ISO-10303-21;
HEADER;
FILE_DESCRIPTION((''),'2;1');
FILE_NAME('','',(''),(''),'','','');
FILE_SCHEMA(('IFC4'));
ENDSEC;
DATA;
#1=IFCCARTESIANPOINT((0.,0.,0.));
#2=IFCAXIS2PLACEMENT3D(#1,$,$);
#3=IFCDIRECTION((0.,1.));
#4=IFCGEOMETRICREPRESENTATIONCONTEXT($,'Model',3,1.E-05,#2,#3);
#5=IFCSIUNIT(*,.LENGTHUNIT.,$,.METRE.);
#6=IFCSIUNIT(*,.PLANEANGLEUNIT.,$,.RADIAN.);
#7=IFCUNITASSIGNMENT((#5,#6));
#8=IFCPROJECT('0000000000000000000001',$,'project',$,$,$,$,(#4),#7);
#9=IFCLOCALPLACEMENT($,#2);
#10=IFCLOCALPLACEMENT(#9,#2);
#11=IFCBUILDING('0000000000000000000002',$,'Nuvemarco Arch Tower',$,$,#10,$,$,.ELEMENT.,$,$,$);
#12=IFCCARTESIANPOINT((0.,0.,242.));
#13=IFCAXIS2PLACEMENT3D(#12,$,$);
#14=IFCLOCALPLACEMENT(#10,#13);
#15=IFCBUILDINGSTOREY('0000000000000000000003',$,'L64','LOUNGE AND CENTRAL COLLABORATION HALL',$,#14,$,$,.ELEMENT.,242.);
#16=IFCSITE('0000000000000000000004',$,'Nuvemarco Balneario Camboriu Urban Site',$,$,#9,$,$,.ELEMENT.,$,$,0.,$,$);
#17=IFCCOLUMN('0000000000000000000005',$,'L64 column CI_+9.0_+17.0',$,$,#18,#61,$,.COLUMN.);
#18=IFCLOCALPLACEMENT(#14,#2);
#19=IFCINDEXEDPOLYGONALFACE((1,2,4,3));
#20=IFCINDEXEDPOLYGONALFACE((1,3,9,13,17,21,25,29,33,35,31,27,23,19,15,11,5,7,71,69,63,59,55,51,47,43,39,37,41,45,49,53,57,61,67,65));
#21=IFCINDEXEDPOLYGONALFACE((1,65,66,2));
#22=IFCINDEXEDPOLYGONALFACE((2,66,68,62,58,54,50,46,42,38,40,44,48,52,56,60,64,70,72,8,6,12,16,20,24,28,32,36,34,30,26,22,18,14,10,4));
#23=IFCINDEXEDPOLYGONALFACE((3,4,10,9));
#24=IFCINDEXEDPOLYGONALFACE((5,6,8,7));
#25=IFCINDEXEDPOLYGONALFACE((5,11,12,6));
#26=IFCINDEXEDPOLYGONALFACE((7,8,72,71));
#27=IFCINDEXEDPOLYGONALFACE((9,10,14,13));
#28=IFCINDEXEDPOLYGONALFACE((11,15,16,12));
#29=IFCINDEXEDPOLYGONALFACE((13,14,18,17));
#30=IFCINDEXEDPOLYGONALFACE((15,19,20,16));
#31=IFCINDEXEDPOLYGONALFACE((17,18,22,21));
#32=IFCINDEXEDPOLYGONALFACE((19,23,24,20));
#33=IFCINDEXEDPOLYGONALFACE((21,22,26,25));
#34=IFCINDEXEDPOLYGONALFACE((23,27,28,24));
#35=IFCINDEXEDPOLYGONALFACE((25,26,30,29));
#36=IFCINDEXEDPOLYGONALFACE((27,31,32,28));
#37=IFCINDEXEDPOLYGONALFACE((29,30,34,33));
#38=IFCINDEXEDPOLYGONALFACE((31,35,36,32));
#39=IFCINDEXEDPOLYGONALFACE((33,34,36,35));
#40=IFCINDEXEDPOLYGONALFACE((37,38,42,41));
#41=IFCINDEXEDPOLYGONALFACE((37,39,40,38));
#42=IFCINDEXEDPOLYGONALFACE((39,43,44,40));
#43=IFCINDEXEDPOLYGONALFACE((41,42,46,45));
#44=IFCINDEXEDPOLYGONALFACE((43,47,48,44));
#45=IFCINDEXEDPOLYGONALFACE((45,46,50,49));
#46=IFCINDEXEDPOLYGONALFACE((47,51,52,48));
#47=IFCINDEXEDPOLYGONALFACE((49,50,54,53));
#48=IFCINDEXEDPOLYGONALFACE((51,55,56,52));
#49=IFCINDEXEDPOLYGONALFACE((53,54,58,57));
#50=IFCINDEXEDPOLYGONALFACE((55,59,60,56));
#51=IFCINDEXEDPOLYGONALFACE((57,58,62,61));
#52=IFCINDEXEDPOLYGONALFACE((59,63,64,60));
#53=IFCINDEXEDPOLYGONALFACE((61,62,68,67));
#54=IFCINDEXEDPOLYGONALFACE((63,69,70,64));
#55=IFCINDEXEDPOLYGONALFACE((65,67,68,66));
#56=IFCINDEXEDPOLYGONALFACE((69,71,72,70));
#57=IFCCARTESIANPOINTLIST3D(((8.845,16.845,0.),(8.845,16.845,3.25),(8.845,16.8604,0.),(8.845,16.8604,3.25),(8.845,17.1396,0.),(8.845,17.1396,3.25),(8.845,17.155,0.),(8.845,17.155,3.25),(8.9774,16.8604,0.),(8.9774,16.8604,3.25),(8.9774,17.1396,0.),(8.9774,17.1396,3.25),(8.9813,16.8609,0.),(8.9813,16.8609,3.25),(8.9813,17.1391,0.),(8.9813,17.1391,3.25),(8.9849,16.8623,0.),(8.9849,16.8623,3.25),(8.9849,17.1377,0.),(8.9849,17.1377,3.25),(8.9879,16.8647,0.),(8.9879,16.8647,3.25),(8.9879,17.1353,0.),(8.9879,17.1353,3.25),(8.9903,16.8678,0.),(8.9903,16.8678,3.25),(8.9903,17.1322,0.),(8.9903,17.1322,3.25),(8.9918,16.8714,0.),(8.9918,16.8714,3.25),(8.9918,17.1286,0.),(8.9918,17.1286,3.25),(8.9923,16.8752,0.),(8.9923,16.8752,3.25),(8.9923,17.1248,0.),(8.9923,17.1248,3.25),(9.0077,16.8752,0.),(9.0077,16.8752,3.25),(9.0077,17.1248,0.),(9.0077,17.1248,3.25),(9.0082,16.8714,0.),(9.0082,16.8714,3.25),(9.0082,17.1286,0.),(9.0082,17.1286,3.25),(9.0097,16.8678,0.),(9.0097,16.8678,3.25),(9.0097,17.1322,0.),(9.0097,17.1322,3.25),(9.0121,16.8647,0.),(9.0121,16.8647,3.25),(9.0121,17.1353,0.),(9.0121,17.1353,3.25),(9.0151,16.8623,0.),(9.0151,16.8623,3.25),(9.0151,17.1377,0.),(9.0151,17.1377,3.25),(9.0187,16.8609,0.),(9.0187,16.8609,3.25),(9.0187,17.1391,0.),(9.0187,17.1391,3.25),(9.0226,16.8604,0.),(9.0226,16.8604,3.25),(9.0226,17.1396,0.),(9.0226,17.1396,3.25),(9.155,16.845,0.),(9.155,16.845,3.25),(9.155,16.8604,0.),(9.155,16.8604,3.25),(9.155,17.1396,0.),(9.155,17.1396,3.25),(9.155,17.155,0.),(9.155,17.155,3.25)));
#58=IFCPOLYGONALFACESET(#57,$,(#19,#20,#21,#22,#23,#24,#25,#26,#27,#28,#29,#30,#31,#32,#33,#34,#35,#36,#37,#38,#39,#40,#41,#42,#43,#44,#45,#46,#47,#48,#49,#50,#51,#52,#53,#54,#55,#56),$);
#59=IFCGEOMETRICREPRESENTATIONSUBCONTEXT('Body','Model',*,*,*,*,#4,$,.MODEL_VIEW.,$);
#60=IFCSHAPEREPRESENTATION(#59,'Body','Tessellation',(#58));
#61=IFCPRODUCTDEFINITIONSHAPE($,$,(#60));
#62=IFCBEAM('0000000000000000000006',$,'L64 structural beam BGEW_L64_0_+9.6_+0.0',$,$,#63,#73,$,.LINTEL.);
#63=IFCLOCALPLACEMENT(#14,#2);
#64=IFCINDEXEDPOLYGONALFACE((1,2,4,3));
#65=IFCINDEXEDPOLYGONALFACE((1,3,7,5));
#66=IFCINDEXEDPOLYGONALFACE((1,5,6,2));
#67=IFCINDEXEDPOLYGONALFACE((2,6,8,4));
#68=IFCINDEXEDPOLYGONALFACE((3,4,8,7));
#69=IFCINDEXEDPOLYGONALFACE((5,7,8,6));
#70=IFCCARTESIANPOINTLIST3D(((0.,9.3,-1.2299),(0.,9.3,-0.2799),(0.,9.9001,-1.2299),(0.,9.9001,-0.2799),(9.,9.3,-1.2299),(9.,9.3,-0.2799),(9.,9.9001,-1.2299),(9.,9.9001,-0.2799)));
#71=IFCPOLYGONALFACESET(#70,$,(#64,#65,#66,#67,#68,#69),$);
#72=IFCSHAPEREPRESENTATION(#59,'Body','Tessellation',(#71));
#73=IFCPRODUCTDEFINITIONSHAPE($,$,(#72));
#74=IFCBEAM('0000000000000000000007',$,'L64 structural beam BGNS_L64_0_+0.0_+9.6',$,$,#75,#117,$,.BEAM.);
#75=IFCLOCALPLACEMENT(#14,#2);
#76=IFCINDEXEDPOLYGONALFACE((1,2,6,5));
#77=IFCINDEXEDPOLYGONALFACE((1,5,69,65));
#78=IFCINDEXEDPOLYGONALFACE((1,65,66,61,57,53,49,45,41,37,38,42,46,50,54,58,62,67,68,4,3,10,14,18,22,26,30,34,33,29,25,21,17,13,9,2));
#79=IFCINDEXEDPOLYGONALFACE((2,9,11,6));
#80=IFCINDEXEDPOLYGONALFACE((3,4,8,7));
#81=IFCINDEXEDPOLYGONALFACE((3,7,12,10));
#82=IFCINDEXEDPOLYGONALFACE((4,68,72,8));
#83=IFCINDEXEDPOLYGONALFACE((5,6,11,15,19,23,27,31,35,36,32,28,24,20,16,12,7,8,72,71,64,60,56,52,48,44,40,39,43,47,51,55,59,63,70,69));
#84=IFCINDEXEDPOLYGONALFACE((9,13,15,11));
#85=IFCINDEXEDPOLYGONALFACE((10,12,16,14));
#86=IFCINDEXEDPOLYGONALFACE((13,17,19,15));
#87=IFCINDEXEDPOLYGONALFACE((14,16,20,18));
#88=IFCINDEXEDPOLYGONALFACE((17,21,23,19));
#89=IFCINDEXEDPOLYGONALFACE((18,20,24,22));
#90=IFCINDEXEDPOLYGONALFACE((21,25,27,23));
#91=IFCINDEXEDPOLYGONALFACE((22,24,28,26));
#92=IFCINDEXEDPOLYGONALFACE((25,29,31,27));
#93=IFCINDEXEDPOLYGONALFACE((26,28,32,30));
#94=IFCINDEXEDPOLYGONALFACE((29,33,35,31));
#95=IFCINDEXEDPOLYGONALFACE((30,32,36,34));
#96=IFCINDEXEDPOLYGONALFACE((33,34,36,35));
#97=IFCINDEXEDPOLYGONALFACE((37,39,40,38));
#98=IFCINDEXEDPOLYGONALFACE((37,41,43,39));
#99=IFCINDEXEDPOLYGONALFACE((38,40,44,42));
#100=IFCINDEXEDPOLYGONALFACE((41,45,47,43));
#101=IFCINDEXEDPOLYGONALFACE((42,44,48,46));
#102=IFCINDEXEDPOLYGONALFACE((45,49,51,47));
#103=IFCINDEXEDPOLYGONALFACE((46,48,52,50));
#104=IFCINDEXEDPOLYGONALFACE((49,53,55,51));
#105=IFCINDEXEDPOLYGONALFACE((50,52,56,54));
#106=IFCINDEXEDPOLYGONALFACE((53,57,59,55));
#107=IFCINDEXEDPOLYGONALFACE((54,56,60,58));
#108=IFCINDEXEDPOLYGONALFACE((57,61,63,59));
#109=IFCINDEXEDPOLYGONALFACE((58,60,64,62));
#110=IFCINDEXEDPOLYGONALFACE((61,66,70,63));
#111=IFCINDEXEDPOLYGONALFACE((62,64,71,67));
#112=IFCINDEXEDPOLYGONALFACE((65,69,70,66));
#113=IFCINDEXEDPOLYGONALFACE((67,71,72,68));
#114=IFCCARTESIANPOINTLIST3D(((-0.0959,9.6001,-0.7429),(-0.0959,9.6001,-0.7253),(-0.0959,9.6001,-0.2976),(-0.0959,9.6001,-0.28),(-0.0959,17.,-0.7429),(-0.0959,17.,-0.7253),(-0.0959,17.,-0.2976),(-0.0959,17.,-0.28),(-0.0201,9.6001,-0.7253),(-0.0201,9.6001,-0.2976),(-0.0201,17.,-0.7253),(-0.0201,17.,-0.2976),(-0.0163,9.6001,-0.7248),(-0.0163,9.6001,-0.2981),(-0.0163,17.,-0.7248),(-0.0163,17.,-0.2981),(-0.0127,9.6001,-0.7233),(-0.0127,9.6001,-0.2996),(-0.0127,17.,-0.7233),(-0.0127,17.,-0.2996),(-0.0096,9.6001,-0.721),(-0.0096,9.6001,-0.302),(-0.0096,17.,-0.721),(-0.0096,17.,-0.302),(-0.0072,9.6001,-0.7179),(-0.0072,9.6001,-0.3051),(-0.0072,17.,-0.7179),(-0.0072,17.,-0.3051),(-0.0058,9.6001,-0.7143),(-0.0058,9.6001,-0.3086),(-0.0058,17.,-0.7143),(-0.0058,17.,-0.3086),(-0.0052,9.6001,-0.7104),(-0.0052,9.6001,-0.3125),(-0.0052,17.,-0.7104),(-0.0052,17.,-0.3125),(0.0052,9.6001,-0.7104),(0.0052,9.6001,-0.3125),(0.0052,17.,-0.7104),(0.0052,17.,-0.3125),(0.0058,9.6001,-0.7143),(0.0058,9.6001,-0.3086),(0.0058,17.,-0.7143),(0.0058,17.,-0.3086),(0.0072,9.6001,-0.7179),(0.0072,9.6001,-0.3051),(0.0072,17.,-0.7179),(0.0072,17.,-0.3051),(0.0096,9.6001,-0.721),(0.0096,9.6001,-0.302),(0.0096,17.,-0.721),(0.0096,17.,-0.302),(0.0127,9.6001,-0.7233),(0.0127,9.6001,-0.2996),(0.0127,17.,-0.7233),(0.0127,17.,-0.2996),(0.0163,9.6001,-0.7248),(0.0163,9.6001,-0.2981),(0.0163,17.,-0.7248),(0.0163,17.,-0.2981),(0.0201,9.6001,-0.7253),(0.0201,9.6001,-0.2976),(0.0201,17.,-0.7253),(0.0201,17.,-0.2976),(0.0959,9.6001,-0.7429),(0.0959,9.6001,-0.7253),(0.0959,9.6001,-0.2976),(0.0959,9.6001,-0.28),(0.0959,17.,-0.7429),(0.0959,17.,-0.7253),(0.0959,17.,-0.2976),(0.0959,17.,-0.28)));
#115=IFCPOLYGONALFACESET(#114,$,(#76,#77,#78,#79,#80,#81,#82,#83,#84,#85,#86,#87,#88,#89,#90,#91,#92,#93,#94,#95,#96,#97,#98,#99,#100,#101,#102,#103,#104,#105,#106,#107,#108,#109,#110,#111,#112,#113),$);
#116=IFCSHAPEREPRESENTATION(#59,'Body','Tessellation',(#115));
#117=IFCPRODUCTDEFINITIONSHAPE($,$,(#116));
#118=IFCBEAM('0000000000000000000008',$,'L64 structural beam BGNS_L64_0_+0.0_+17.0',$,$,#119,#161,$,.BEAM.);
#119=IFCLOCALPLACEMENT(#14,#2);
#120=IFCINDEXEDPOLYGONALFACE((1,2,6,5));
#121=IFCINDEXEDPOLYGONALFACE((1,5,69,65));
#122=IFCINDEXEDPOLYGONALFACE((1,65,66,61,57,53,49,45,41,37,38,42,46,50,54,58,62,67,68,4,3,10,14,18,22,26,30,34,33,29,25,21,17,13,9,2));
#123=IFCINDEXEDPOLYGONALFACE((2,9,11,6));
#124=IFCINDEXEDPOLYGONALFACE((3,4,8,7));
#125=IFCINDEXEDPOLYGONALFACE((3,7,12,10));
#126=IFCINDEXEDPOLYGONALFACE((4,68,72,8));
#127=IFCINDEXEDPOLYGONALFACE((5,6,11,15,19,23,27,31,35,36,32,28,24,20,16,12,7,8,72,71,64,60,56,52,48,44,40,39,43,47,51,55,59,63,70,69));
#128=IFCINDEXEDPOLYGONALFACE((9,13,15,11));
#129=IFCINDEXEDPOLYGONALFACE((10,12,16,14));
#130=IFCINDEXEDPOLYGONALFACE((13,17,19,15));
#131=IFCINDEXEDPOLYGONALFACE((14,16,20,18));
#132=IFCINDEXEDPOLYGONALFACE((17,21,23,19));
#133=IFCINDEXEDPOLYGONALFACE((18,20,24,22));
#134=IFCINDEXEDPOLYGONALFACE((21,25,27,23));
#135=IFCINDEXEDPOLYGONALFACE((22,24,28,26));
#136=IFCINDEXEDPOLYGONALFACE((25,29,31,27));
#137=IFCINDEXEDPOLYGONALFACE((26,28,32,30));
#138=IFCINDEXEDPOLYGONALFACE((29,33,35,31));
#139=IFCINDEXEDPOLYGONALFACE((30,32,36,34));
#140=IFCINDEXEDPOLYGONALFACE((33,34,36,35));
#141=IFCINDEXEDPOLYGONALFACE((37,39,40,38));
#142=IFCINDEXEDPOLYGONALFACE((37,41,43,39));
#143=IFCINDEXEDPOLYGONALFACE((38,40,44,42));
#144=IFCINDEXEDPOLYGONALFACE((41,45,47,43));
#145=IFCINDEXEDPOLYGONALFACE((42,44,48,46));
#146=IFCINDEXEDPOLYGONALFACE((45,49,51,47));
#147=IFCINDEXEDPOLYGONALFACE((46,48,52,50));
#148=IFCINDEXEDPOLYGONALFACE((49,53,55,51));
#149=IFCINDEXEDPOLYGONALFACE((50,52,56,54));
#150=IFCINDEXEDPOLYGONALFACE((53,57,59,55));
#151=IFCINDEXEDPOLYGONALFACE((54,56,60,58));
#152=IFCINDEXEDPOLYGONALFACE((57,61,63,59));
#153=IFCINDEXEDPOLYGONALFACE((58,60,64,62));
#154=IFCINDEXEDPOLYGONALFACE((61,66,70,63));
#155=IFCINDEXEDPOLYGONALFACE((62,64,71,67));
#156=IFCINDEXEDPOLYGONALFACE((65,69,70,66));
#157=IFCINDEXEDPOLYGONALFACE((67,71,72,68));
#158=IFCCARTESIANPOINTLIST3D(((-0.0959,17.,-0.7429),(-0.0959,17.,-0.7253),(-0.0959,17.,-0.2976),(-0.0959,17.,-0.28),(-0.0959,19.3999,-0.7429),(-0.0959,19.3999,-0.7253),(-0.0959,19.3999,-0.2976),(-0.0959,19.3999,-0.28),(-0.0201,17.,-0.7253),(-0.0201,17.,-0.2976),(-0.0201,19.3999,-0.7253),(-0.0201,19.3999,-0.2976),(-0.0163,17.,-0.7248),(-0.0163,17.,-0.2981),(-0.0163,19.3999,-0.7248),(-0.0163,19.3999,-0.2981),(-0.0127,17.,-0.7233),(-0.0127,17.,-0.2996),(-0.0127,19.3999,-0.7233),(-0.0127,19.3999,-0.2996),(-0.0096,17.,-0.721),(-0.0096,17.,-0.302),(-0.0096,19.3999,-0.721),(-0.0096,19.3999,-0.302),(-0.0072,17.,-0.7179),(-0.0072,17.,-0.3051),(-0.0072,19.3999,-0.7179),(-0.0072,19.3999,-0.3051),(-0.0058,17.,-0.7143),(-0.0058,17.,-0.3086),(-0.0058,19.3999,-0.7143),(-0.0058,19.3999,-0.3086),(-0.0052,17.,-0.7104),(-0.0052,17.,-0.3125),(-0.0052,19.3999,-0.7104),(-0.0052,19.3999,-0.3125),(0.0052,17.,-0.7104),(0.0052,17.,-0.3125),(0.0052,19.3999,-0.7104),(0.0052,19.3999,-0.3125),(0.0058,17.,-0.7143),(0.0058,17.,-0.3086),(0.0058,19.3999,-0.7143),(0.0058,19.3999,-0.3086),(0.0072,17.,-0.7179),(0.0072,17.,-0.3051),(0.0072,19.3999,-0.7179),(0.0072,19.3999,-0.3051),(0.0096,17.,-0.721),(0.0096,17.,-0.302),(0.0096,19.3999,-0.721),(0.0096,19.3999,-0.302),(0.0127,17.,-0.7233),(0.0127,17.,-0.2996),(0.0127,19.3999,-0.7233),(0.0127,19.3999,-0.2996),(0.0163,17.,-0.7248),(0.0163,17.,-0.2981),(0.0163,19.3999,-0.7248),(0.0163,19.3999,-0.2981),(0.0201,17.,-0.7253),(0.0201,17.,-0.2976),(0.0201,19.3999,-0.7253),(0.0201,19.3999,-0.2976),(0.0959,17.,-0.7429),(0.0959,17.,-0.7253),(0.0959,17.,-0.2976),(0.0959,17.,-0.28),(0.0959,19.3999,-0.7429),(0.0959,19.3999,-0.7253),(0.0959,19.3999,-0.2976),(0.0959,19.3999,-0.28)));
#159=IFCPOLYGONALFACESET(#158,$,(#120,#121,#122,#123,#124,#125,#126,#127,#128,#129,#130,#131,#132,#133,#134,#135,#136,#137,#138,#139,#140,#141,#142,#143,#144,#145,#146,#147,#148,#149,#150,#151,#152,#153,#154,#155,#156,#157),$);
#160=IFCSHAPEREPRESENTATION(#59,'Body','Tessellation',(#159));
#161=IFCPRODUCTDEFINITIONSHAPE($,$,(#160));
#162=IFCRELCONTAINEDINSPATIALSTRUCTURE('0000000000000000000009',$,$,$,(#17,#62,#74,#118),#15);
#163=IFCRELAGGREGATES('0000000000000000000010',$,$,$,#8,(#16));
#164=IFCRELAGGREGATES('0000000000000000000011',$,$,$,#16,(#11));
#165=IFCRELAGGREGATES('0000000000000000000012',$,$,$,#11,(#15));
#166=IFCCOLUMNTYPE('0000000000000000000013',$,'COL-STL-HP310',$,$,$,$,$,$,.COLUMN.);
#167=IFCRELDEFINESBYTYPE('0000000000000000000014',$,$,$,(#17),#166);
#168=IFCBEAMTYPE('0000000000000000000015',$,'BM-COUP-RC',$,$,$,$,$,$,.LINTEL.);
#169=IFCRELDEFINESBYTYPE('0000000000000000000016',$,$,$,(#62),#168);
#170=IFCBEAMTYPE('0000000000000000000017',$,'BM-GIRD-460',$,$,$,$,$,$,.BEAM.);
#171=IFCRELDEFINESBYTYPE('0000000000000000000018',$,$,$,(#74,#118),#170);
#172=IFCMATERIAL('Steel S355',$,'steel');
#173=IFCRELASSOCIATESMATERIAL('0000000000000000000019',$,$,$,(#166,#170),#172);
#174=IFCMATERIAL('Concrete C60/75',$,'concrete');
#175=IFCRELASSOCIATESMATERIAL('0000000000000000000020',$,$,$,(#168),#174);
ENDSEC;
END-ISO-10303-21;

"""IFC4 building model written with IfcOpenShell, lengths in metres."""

from ifc_helpers import new_model, si_unit, direction, frame, origin, origin_2d, place, context, subcontext, project, spatial, rectangle, i_section, extrude, material, material_profile, profile_set, type_object, element, save


model = new_model("IFC4")

# Units and contexts
model_context = context("Model", 3, precision=1e-05, world=origin(), true_north=direction((0.0, 1.0)))
body_context = subcontext(model_context, "Body", "Model", "MODEL_VIEW")
ifc_project = project(units=[si_unit("LENGTHUNIT", "METRE"), si_unit("PLANEANGLEUNIT", "RADIAN")], contexts=[model_context])

# Site, building, storey
site_placement = place(None, origin())
site = spatial("IfcSite", under=ifc_project, at=site_placement, Name="Nuvemarco Balneario Camboriu Urban Site", CompositionType="ELEMENT", RefElevation=0.0)
building_placement = place(site_placement, origin())
building = spatial("IfcBuilding", under=site, at=building_placement, Name="Nuvemarco Arch Tower", CompositionType="ELEMENT")
storey_placement = place(building_placement, frame((0.0, 0.0, 242.0)))
storey = spatial("IfcBuildingStorey", under=building, at=storey_placement, Name="L64", Description="LOUNGE AND CENTRAL COLLABORATION HALL", CompositionType="ELEMENT", Elevation=242.0)

# Column
ifc_material_1 = material(Name="Steel S355", Category="steel")
ifc_material_profile_1 = material_profile(ifc_material_1, i_section(OverallWidth=0.3101, OverallDepth=0.3101, WebThickness=0.0154, FlangeThickness=0.0154, FilletRadius=0.0149, at=origin_2d()), Name="HP310x110")
ifc_profile_set_1 = profile_set([ifc_material_profile_1], Name="Steel S355")
column_type_1 = type_object("IfcColumnType", Name="COL-STL-HP310", PredefinedType="COLUMN", material=ifc_profile_set_1)
for number, where, z_axis, x_axis, name in (
    (1, (9.0, 17.0, 0.0), (0.0, 0.0, 1.0), (1.0, 0.0, 0.0), "L64 column CI_+9.0_+17.0"),
):
    element("IfcColumn", number, at=place(storey_placement, frame(where, z_axis=z_axis, x_axis=x_axis)), inside=storey, type_object=column_type_1, Name=name, PredefinedType="COLUMN", context=body_context, shape_type="SweptSolid", body=[
        extrude(i_section(OverallWidth=0.3101, OverallDepth=0.3101, WebThickness=0.0154, FlangeThickness=0.0154, FilletRadius=0.0149, at=origin_2d()), origin(), (0.0, 0.0, 1.0), 3.25),
    ])

# Beams
ifc_material_2 = material(Name="Concrete C60/75", Category="concrete")
ifc_material_profile_2 = material_profile(ifc_material_2, rectangle(XDim=0.6001, YDim=0.95, at=origin_2d()), Name="RC-BM-600x950")
ifc_profile_set_2 = profile_set([ifc_material_profile_2], Name="Concrete C60/75")
beam_type_1 = type_object("IfcBeamType", Name="BM-COUP-RC", PredefinedType="LINTEL", material=ifc_profile_set_2)
beam_1_placement = place(storey_placement, frame((0.0, 9.6001, -0.7549), z_axis=(1.0, 0.0, 0.0), x_axis=(0.0, 1.0, 0.0)))
element("IfcBeam", 2, at=beam_1_placement, inside=storey, type_object=beam_type_1, Name="L64 structural beam BGEW_L64_0_+9.6_+0.0", PredefinedType="LINTEL", context=body_context, shape_type="SweptSolid", body=[
    extrude(rectangle(XDim=0.6001, YDim=0.95, at=origin_2d()), origin(), (0.0, 0.0, 1.0), 9.0),
])
ifc_material_profile_3 = material_profile(ifc_material_1, i_section(OverallWidth=0.1919, OverallDepth=0.4629, WebThickness=0.0105, FlangeThickness=0.0176, FilletRadius=0.0149, at=origin_2d()), Name="W460x89")
ifc_profile_set_3 = profile_set([ifc_material_profile_3], Name="Steel S355")
beam_type_2 = type_object("IfcBeamType", Name="BM-GIRD-460", PredefinedType="BEAM", material=ifc_profile_set_3)
beam_2_placement = place(storey_placement, frame((0.0, 9.6001, -0.5115), z_axis=(0.0, 1.0, 0.0), x_axis=(-1.0, 0.0, 0.0)))
element("IfcBeam", 3, at=beam_2_placement, inside=storey, type_object=beam_type_2, Name="L64 structural beam BGNS_L64_0_+0.0_+9.6", PredefinedType="BEAM", context=body_context, shape_type="SweptSolid", body=[
    extrude(i_section(OverallWidth=0.1919, OverallDepth=0.4629, WebThickness=0.0105, FlangeThickness=0.0176, FilletRadius=0.0149, at=origin_2d()), origin(), (0.0, 0.0, 1.0), 7.3999),
])
beam_3_placement = place(storey_placement, frame((0.0, 17.0, -0.5115), z_axis=(0.0, 1.0, 0.0), x_axis=(-1.0, 0.0, 0.0)))
element("IfcBeam", 4, at=beam_3_placement, inside=storey, type_object=beam_type_2, Name="L64 structural beam BGNS_L64_0_+0.0_+17.0", PredefinedType="BEAM", context=body_context, shape_type="SweptSolid", body=[
    extrude(i_section(OverallWidth=0.1919, OverallDepth=0.4629, WebThickness=0.0105, FlangeThickness=0.0176, FilletRadius=0.0149, at=origin_2d()), origin(), (0.0, 0.0, 1.0), 2.3999),
])

save(model, "model.ifc")
